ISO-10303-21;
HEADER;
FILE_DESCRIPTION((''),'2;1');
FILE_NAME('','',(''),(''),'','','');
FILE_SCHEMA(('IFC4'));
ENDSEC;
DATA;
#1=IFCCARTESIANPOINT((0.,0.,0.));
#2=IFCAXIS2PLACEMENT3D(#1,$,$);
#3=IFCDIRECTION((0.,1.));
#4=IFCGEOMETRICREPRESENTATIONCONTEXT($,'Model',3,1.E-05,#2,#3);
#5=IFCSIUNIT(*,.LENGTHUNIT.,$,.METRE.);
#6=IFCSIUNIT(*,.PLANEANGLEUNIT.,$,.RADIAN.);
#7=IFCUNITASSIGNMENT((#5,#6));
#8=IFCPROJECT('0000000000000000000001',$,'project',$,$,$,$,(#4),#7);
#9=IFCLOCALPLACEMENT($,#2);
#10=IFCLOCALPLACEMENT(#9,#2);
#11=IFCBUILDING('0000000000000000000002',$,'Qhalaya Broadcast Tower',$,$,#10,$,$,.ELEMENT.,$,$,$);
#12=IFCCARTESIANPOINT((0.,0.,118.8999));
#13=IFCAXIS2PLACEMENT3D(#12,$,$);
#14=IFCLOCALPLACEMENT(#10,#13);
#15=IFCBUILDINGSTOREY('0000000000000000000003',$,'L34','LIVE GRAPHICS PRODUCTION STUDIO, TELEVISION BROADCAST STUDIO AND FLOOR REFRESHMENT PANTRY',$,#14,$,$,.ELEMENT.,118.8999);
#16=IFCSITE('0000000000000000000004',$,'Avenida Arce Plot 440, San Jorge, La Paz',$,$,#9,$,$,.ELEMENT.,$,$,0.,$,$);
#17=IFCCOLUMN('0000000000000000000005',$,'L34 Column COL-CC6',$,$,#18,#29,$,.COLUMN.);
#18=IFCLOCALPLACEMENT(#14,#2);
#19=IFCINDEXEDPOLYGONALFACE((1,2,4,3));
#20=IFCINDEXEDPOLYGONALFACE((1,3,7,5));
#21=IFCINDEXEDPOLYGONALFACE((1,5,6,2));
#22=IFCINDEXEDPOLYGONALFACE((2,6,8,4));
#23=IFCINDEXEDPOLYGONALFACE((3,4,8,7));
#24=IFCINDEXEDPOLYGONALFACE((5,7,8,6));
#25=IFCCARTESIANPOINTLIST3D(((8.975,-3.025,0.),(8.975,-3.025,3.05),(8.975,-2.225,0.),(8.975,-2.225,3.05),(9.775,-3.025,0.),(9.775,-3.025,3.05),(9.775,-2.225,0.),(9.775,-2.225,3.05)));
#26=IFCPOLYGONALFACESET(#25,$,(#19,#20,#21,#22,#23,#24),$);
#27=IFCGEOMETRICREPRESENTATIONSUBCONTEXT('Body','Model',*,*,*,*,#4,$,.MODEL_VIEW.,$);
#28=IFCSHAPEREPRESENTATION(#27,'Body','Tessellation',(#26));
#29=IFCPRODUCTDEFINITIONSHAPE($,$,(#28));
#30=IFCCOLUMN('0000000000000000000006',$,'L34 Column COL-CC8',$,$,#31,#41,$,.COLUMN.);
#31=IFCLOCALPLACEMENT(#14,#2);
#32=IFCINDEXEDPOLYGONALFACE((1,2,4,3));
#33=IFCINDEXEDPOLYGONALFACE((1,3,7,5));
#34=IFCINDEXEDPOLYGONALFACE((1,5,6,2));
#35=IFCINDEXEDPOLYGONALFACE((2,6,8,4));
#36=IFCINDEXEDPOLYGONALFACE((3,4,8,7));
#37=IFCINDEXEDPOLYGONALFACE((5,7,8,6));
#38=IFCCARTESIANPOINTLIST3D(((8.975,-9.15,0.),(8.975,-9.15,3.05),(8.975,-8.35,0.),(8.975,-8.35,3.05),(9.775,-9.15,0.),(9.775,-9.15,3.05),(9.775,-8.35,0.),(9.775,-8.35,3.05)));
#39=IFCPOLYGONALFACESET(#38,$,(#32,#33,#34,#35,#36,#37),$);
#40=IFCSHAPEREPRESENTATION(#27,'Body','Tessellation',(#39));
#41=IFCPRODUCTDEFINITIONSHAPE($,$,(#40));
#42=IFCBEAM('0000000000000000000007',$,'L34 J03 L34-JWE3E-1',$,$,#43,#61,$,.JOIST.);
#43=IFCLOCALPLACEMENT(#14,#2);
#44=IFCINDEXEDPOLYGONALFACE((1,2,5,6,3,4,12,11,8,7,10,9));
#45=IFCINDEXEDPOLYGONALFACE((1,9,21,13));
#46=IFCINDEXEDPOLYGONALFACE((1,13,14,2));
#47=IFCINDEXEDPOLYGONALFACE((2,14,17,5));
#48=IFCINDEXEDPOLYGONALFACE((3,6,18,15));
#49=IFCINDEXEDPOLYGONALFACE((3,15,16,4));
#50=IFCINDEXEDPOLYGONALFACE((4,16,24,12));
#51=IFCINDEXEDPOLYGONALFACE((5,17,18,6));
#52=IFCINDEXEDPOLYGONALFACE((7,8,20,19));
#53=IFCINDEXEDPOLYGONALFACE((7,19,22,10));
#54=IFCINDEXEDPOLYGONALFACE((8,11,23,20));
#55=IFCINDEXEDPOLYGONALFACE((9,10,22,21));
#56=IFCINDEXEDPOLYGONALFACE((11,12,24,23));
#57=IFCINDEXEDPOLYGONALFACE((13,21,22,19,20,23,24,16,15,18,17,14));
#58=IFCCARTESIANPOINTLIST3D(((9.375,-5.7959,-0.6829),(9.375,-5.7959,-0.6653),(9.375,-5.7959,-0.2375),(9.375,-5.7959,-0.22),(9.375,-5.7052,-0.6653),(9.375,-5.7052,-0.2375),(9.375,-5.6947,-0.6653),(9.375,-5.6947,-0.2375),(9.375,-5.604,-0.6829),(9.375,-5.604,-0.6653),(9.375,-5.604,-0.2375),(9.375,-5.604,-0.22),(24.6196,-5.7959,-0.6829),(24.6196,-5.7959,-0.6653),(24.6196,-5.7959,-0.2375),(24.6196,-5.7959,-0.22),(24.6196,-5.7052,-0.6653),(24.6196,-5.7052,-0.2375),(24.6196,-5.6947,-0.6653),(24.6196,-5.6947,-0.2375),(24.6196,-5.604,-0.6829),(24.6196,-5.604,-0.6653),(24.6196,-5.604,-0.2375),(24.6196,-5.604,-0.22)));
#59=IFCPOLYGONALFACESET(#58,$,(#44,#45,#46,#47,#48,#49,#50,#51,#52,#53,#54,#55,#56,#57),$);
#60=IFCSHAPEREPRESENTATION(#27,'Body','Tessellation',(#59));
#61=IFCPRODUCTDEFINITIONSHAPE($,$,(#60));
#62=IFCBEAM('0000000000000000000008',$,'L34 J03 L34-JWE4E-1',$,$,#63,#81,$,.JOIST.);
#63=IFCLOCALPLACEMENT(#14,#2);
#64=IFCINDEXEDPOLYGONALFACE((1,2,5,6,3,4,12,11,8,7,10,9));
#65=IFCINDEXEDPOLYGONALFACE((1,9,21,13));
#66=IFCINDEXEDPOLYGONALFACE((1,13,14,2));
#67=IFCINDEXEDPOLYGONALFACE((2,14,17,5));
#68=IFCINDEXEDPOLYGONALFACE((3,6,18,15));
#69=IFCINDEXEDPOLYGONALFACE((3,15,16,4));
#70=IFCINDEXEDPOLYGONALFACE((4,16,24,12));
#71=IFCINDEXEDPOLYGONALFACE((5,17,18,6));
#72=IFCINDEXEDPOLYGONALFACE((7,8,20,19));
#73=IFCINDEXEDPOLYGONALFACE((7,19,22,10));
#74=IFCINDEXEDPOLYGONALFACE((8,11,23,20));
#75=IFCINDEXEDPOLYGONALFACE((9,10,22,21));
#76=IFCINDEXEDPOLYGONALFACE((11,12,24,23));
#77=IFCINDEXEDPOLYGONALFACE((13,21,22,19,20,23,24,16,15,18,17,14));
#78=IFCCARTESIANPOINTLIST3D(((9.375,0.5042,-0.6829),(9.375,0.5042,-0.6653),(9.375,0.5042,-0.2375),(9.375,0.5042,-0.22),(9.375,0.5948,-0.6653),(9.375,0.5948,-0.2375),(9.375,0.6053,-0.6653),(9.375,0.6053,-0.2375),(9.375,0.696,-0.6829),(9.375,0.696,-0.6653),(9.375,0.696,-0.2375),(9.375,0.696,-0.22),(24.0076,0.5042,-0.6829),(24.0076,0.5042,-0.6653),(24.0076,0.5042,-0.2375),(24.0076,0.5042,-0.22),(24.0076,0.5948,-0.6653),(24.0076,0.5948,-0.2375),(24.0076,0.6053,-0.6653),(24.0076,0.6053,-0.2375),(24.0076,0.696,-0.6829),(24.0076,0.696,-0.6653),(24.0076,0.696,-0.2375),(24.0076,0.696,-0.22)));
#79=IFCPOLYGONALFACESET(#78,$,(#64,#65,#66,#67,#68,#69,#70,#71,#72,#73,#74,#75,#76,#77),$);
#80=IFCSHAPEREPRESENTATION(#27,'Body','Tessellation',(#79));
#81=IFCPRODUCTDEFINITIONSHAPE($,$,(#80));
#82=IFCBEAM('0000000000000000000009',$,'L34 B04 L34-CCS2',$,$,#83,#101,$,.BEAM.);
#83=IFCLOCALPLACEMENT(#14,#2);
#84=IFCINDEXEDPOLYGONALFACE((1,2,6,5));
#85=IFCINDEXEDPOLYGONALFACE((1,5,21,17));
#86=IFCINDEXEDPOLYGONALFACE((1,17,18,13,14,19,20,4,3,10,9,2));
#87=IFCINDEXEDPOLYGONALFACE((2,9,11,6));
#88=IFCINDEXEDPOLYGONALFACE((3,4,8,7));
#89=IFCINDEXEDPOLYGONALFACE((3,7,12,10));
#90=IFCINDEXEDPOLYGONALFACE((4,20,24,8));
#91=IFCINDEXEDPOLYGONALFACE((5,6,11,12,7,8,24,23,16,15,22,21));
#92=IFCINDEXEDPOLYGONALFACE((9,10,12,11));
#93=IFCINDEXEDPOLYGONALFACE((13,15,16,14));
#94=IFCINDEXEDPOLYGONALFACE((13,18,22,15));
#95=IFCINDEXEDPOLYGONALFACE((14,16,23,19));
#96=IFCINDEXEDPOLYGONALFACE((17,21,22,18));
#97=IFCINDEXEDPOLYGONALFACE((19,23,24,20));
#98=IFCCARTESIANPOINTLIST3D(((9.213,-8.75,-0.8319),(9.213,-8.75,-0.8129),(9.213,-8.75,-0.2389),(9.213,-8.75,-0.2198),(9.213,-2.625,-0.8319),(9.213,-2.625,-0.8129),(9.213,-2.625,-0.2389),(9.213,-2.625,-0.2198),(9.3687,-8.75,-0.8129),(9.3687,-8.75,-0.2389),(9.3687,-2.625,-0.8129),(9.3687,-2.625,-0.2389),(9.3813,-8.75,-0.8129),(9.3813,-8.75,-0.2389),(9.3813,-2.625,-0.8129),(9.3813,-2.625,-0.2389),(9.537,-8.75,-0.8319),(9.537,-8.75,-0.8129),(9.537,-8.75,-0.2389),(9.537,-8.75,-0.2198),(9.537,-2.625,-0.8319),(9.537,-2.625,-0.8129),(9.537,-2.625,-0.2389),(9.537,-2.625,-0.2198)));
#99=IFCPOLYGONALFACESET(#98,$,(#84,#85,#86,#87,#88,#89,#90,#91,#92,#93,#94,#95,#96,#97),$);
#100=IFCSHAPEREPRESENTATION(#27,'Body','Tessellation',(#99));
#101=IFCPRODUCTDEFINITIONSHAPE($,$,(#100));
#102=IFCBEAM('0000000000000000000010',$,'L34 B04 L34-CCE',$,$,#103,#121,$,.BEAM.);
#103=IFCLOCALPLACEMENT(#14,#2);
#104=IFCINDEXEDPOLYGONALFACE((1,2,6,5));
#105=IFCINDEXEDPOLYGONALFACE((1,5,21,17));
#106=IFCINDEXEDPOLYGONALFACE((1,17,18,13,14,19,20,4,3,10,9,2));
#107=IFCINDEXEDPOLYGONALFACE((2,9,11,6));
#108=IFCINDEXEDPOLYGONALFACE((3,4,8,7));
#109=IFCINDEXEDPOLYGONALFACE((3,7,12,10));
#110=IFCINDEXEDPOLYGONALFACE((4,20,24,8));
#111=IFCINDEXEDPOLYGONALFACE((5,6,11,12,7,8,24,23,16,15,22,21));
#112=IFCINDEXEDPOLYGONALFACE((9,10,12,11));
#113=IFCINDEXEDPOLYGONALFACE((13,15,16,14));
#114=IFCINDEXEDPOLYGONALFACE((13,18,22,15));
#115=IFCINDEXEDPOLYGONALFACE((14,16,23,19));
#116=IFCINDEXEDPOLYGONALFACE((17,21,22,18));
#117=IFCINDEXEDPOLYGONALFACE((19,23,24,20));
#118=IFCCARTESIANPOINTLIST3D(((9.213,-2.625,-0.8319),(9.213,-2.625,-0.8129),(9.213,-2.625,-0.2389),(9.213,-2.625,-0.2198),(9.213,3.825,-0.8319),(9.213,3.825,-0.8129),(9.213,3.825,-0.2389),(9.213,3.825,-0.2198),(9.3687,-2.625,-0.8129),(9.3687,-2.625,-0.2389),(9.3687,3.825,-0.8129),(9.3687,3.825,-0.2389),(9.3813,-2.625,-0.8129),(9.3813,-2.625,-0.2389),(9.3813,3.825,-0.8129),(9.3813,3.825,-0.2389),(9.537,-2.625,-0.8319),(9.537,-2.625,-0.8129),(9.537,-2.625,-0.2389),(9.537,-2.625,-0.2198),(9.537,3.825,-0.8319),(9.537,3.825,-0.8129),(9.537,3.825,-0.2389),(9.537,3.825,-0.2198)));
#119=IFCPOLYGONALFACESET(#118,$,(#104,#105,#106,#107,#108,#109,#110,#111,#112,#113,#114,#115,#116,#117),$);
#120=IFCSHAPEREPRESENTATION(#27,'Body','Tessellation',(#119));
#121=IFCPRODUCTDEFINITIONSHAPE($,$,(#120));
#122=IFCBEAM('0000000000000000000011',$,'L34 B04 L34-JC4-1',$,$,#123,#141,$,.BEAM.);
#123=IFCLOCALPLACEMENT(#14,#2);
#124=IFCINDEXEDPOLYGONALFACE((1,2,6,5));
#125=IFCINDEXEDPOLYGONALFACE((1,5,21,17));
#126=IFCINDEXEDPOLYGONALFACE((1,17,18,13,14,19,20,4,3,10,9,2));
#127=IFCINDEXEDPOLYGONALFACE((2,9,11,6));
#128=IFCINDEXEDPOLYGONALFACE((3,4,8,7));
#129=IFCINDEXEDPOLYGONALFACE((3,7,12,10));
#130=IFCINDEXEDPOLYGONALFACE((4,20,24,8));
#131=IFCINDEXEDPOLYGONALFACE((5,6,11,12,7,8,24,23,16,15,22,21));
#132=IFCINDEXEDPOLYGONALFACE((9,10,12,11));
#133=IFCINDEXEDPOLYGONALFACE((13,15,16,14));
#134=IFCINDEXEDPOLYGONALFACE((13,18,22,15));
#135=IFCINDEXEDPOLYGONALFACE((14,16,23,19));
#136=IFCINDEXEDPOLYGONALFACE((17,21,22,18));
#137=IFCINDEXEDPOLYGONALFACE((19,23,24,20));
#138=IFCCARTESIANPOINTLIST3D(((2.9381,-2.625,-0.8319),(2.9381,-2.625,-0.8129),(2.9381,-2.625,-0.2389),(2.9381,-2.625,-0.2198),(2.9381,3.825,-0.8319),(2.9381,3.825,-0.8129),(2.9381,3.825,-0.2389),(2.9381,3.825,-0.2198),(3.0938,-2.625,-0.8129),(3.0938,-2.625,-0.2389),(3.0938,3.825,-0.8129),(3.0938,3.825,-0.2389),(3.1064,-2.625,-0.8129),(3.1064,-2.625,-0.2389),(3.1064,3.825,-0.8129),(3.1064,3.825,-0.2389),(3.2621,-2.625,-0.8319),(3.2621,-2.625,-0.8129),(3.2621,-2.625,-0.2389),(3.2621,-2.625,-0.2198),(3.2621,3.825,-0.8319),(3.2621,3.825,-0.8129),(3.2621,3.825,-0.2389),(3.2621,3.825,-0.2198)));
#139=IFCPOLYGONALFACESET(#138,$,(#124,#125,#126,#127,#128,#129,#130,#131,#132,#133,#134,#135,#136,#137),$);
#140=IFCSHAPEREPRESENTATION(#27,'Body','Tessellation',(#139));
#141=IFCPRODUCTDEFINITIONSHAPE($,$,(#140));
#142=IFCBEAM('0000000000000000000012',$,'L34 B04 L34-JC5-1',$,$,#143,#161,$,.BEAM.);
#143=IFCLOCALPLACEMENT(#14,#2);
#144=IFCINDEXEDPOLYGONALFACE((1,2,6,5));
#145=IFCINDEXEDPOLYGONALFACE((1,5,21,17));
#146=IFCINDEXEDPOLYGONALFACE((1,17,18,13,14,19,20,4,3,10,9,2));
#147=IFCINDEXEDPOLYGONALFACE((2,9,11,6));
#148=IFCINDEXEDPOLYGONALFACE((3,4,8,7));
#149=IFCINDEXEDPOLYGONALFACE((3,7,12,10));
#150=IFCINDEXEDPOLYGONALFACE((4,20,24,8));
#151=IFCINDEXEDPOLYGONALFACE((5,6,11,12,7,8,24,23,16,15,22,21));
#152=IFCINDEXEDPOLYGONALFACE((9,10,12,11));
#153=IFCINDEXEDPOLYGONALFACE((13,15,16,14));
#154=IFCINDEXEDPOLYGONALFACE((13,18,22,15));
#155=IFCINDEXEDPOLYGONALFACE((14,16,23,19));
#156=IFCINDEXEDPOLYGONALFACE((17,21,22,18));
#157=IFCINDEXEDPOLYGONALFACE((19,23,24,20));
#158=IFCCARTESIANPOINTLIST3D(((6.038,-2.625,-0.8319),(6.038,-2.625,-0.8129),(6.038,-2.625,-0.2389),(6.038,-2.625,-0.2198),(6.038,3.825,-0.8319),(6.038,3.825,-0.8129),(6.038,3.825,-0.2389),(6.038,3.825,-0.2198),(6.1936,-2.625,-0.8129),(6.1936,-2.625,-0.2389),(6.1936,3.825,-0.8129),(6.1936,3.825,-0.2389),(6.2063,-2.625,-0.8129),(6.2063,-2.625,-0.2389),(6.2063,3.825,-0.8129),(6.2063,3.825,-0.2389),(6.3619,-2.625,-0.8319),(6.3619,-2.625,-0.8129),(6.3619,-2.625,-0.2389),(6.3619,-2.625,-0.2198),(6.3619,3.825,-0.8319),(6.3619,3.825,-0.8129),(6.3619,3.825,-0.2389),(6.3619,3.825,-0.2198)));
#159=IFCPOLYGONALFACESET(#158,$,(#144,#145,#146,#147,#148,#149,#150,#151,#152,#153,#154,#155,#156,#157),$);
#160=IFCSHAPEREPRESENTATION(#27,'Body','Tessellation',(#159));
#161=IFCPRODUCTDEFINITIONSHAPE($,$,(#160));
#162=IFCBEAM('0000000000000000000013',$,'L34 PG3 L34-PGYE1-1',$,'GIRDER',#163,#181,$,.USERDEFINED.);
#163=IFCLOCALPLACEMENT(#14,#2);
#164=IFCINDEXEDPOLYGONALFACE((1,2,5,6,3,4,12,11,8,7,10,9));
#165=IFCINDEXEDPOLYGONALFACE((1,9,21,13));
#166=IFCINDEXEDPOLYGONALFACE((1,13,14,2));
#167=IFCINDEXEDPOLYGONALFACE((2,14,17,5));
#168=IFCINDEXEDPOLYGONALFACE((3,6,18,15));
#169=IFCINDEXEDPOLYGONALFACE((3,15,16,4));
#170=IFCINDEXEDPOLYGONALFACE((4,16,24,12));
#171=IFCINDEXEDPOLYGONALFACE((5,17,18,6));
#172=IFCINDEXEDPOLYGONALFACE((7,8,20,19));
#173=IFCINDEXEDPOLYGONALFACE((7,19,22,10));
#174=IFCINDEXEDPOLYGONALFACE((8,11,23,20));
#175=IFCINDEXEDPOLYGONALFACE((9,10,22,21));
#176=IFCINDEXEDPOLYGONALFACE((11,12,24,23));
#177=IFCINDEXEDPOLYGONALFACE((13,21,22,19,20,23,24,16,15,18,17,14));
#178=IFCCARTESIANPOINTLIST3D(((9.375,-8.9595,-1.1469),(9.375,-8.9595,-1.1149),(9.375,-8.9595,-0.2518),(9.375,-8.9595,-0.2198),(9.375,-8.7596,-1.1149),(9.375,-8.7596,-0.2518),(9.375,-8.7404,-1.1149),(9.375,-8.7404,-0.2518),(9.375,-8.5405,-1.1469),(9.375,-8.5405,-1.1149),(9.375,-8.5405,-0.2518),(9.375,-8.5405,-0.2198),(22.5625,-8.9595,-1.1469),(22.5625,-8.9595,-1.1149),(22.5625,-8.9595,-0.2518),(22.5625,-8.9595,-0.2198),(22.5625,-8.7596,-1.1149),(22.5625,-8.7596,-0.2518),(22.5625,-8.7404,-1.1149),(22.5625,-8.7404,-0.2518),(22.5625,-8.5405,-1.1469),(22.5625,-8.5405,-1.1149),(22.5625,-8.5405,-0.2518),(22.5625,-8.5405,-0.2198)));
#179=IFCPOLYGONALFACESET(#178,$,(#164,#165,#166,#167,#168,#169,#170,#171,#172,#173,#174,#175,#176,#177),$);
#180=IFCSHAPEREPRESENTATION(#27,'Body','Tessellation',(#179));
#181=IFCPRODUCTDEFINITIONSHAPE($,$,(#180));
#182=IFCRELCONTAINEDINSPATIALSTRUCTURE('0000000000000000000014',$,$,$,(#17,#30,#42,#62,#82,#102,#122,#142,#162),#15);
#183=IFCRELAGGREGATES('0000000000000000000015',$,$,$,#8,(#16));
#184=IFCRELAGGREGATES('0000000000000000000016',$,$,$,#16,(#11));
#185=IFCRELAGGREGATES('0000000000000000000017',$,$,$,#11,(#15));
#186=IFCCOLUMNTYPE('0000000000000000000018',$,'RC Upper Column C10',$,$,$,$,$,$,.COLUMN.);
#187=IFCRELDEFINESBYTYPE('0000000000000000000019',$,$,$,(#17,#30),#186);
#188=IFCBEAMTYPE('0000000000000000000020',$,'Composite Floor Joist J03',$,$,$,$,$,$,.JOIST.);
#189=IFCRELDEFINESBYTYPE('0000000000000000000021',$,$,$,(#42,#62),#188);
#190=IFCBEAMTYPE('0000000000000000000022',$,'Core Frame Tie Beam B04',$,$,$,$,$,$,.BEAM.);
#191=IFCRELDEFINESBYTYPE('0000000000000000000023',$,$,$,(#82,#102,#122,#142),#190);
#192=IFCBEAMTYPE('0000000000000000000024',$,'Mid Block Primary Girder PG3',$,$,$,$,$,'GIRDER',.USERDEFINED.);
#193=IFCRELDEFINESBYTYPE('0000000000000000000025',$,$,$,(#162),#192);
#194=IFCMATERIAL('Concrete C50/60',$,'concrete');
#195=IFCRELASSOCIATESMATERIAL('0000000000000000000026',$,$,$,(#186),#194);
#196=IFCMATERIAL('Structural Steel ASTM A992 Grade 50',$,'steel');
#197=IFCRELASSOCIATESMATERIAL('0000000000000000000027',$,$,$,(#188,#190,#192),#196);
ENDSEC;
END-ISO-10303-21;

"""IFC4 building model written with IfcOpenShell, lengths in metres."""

from ifc_helpers import new_model, si_unit, direction, frame, origin, origin_2d, place, context, subcontext, project, spatial, rectangle, i_section, extrude, material, material_profile, profile_set, type_object, element, save


model = new_model("IFC4")

# Units and contexts
model_context = context("Model", 3, precision=1e-05, world=origin(), true_north=direction((0.0, 1.0)))
body_context = subcontext(model_context, "Body", "Model", "MODEL_VIEW")
ifc_project = project(units=[si_unit("LENGTHUNIT", "METRE"), si_unit("PLANEANGLEUNIT", "RADIAN")], contexts=[model_context])

# Site, building, storey
site_placement = place(None, origin())
site = spatial("IfcSite", under=ifc_project, at=site_placement, Name="Avenida Arce Plot 440, San Jorge, La Paz", CompositionType="ELEMENT", RefElevation=0.0)
building_placement = place(site_placement, origin())
building = spatial("IfcBuilding", under=site, at=building_placement, Name="Qhalaya Broadcast Tower", CompositionType="ELEMENT")
storey_placement = place(building_placement, frame((0.0, 0.0, 118.8999)))
storey = spatial("IfcBuildingStorey", under=building, at=storey_placement, Name="L34", Description="LIVE GRAPHICS PRODUCTION STUDIO, TELEVISION BROADCAST STUDIO AND FLOOR REFRESHMENT PANTRY", CompositionType="ELEMENT", Elevation=118.8999)

# Columns
ifc_material_1 = material(Name="Concrete C50/60", Category="concrete")
ifc_material_profile_1 = material_profile(ifc_material_1, rectangle(XDim=0.8, YDim=0.8, at=origin_2d()), Name="RC-COL 800x800")
ifc_profile_set_1 = profile_set([ifc_material_profile_1], Name="Concrete C50/60")
column_type = type_object("IfcColumnType", Name="RC Upper Column C10", PredefinedType="COLUMN", material=ifc_profile_set_1)
for number, where, z_axis, x_axis, name in (
    (1, (9.375, -2.625, 0.0), (0.0, 0.0, 1.0), (1.0, 0.0, 0.0), "L34 Column COL-CC6"),
    (2, (9.375, -8.75, 0.0), (0.0, 0.0, 1.0), (1.0, 0.0, 0.0), "L34 Column COL-CC8"),
):
    element("IfcColumn", number, at=place(storey_placement, frame(where, z_axis=z_axis, x_axis=x_axis)), inside=storey, type_object=column_type, Name=name, PredefinedType="COLUMN", context=body_context, shape_type="SweptSolid", body=[
        extrude(rectangle(XDim=0.8, YDim=0.8, at=origin_2d()), origin(), (0.0, 0.0, 1.0), 3.05),
    ])

# Beams
ifc_material_2 = material(Name="Structural Steel ASTM A992 Grade 50", Category="steel")
ifc_material_profile_2 = material_profile(ifc_material_2, i_section(OverallWidth=0.1919, OverallDepth=0.4629, WebThickness=0.0105, FlangeThickness=0.0176, at=origin_2d()), Name="W18X60")
ifc_profile_set_2 = profile_set([ifc_material_profile_2], Name="Structural Steel ASTM A992 Grade 50")
beam_type_1 = type_object("IfcBeamType", Name="Composite Floor Joist J03", PredefinedType="JOIST", material=ifc_profile_set_2)
beam_1_placement = place(storey_placement, frame((9.375, -5.7, -0.4514), z_axis=(1.0, 0.0, 0.0), x_axis=(0.0, 1.0, 0.0)))
element("IfcBeam", 3, at=beam_1_placement, inside=storey, type_object=beam_type_1, Name="L34 J03 L34-JWE3E-1", PredefinedType="JOIST", context=body_context, shape_type="SweptSolid", body=[
    extrude(i_section(OverallWidth=0.1919, OverallDepth=0.4629, WebThickness=0.0105, FlangeThickness=0.0176, at=origin_2d()), origin(), (0.0, 0.0, 1.0), 15.2446),
])
beam_2_placement = place(storey_placement, frame((9.375, 0.6001, -0.4514), z_axis=(1.0, 0.0, 0.0), x_axis=(0.0, 1.0, 0.0)))
element("IfcBeam", 4, at=beam_2_placement, inside=storey, type_object=beam_type_1, Name="L34 J03 L34-JWE4E-1", PredefinedType="JOIST", context=body_context, shape_type="SweptSolid", body=[
    extrude(i_section(OverallWidth=0.1919, OverallDepth=0.4629, WebThickness=0.0105, FlangeThickness=0.0176, at=origin_2d()), origin(), (0.0, 0.0, 1.0), 14.6326),
])
ifc_material_profile_3 = material_profile(ifc_material_2, i_section(OverallWidth=0.324, OverallDepth=0.6121, WebThickness=0.0127, FlangeThickness=0.019, at=origin_2d()), Name="W24X104")
ifc_profile_set_3 = profile_set([ifc_material_profile_3], Name="Structural Steel ASTM A992 Grade 50")
beam_type_2 = type_object("IfcBeamType", Name="Core Frame Tie Beam B04", PredefinedType="BEAM", material=ifc_profile_set_3)
beam_3_placement = place(storey_placement, frame((9.375, -8.75, -0.5259), z_axis=(0.0, 1.0, 0.0), x_axis=(-1.0, 0.0, 0.0)))
element("IfcBeam", 5, at=beam_3_placement, inside=storey, type_object=beam_type_2, Name="L34 B04 L34-CCS2", PredefinedType="BEAM", context=body_context, shape_type="SweptSolid", body=[
    extrude(i_section(OverallWidth=0.324, OverallDepth=0.6121, WebThickness=0.0127, FlangeThickness=0.019, at=origin_2d()), origin(), (0.0, 0.0, 1.0), 6.125),
])
for number, where, z_axis, x_axis, name in (
    (6, (9.375, -2.625, -0.5259), (0.0, 1.0, 0.0), (-1.0, 0.0, 0.0), "L34 B04 L34-CCE"),
    (7, (3.1001, -2.625, -0.5259), (0.0, 1.0, 0.0), (-1.0, 0.0, 0.0), "L34 B04 L34-JC4-1"),
    (8, (6.2, -2.625, -0.5259), (0.0, 1.0, 0.0), (-1.0, 0.0, 0.0), "L34 B04 L34-JC5-1"),
):
    element("IfcBeam", number, at=place(storey_placement, frame(where, z_axis=z_axis, x_axis=x_axis)), inside=storey, type_object=beam_type_2, Name=name, PredefinedType="BEAM", context=body_context, shape_type="SweptSolid", body=[
        extrude(i_section(OverallWidth=0.324, OverallDepth=0.6121, WebThickness=0.0127, FlangeThickness=0.019, at=origin_2d()), origin(), (0.0, 0.0, 1.0), 6.45),
    ])
ifc_material_profile_4 = material_profile(ifc_material_2, i_section(OverallWidth=0.4189, OverallDepth=0.927, WebThickness=0.0193, FlangeThickness=0.032, at=origin_2d()), Name="W36X231")
ifc_profile_set_4 = profile_set([ifc_material_profile_4], Name="Structural Steel ASTM A992 Grade 50")
beam_type_3 = type_object("IfcBeamType", Name="Mid Block Primary Girder PG3", ElementType="GIRDER", PredefinedType="USERDEFINED", material=ifc_profile_set_4)
beam_4_placement = place(storey_placement, frame((9.375, -8.75, -0.6833), z_axis=(1.0, 0.0, 0.0), x_axis=(0.0, 1.0, 0.0)))
element("IfcBeam", 9, at=beam_4_placement, inside=storey, type_object=beam_type_3, Name="L34 PG3 L34-PGYE1-1", ObjectType="GIRDER", PredefinedType="USERDEFINED", context=body_context, shape_type="SweptSolid", body=[
    extrude(i_section(OverallWidth=0.4189, OverallDepth=0.927, WebThickness=0.0193, FlangeThickness=0.032, at=origin_2d()), origin(), (0.0, 0.0, 1.0), 13.1875),
])

save(model, "model.ifc")
